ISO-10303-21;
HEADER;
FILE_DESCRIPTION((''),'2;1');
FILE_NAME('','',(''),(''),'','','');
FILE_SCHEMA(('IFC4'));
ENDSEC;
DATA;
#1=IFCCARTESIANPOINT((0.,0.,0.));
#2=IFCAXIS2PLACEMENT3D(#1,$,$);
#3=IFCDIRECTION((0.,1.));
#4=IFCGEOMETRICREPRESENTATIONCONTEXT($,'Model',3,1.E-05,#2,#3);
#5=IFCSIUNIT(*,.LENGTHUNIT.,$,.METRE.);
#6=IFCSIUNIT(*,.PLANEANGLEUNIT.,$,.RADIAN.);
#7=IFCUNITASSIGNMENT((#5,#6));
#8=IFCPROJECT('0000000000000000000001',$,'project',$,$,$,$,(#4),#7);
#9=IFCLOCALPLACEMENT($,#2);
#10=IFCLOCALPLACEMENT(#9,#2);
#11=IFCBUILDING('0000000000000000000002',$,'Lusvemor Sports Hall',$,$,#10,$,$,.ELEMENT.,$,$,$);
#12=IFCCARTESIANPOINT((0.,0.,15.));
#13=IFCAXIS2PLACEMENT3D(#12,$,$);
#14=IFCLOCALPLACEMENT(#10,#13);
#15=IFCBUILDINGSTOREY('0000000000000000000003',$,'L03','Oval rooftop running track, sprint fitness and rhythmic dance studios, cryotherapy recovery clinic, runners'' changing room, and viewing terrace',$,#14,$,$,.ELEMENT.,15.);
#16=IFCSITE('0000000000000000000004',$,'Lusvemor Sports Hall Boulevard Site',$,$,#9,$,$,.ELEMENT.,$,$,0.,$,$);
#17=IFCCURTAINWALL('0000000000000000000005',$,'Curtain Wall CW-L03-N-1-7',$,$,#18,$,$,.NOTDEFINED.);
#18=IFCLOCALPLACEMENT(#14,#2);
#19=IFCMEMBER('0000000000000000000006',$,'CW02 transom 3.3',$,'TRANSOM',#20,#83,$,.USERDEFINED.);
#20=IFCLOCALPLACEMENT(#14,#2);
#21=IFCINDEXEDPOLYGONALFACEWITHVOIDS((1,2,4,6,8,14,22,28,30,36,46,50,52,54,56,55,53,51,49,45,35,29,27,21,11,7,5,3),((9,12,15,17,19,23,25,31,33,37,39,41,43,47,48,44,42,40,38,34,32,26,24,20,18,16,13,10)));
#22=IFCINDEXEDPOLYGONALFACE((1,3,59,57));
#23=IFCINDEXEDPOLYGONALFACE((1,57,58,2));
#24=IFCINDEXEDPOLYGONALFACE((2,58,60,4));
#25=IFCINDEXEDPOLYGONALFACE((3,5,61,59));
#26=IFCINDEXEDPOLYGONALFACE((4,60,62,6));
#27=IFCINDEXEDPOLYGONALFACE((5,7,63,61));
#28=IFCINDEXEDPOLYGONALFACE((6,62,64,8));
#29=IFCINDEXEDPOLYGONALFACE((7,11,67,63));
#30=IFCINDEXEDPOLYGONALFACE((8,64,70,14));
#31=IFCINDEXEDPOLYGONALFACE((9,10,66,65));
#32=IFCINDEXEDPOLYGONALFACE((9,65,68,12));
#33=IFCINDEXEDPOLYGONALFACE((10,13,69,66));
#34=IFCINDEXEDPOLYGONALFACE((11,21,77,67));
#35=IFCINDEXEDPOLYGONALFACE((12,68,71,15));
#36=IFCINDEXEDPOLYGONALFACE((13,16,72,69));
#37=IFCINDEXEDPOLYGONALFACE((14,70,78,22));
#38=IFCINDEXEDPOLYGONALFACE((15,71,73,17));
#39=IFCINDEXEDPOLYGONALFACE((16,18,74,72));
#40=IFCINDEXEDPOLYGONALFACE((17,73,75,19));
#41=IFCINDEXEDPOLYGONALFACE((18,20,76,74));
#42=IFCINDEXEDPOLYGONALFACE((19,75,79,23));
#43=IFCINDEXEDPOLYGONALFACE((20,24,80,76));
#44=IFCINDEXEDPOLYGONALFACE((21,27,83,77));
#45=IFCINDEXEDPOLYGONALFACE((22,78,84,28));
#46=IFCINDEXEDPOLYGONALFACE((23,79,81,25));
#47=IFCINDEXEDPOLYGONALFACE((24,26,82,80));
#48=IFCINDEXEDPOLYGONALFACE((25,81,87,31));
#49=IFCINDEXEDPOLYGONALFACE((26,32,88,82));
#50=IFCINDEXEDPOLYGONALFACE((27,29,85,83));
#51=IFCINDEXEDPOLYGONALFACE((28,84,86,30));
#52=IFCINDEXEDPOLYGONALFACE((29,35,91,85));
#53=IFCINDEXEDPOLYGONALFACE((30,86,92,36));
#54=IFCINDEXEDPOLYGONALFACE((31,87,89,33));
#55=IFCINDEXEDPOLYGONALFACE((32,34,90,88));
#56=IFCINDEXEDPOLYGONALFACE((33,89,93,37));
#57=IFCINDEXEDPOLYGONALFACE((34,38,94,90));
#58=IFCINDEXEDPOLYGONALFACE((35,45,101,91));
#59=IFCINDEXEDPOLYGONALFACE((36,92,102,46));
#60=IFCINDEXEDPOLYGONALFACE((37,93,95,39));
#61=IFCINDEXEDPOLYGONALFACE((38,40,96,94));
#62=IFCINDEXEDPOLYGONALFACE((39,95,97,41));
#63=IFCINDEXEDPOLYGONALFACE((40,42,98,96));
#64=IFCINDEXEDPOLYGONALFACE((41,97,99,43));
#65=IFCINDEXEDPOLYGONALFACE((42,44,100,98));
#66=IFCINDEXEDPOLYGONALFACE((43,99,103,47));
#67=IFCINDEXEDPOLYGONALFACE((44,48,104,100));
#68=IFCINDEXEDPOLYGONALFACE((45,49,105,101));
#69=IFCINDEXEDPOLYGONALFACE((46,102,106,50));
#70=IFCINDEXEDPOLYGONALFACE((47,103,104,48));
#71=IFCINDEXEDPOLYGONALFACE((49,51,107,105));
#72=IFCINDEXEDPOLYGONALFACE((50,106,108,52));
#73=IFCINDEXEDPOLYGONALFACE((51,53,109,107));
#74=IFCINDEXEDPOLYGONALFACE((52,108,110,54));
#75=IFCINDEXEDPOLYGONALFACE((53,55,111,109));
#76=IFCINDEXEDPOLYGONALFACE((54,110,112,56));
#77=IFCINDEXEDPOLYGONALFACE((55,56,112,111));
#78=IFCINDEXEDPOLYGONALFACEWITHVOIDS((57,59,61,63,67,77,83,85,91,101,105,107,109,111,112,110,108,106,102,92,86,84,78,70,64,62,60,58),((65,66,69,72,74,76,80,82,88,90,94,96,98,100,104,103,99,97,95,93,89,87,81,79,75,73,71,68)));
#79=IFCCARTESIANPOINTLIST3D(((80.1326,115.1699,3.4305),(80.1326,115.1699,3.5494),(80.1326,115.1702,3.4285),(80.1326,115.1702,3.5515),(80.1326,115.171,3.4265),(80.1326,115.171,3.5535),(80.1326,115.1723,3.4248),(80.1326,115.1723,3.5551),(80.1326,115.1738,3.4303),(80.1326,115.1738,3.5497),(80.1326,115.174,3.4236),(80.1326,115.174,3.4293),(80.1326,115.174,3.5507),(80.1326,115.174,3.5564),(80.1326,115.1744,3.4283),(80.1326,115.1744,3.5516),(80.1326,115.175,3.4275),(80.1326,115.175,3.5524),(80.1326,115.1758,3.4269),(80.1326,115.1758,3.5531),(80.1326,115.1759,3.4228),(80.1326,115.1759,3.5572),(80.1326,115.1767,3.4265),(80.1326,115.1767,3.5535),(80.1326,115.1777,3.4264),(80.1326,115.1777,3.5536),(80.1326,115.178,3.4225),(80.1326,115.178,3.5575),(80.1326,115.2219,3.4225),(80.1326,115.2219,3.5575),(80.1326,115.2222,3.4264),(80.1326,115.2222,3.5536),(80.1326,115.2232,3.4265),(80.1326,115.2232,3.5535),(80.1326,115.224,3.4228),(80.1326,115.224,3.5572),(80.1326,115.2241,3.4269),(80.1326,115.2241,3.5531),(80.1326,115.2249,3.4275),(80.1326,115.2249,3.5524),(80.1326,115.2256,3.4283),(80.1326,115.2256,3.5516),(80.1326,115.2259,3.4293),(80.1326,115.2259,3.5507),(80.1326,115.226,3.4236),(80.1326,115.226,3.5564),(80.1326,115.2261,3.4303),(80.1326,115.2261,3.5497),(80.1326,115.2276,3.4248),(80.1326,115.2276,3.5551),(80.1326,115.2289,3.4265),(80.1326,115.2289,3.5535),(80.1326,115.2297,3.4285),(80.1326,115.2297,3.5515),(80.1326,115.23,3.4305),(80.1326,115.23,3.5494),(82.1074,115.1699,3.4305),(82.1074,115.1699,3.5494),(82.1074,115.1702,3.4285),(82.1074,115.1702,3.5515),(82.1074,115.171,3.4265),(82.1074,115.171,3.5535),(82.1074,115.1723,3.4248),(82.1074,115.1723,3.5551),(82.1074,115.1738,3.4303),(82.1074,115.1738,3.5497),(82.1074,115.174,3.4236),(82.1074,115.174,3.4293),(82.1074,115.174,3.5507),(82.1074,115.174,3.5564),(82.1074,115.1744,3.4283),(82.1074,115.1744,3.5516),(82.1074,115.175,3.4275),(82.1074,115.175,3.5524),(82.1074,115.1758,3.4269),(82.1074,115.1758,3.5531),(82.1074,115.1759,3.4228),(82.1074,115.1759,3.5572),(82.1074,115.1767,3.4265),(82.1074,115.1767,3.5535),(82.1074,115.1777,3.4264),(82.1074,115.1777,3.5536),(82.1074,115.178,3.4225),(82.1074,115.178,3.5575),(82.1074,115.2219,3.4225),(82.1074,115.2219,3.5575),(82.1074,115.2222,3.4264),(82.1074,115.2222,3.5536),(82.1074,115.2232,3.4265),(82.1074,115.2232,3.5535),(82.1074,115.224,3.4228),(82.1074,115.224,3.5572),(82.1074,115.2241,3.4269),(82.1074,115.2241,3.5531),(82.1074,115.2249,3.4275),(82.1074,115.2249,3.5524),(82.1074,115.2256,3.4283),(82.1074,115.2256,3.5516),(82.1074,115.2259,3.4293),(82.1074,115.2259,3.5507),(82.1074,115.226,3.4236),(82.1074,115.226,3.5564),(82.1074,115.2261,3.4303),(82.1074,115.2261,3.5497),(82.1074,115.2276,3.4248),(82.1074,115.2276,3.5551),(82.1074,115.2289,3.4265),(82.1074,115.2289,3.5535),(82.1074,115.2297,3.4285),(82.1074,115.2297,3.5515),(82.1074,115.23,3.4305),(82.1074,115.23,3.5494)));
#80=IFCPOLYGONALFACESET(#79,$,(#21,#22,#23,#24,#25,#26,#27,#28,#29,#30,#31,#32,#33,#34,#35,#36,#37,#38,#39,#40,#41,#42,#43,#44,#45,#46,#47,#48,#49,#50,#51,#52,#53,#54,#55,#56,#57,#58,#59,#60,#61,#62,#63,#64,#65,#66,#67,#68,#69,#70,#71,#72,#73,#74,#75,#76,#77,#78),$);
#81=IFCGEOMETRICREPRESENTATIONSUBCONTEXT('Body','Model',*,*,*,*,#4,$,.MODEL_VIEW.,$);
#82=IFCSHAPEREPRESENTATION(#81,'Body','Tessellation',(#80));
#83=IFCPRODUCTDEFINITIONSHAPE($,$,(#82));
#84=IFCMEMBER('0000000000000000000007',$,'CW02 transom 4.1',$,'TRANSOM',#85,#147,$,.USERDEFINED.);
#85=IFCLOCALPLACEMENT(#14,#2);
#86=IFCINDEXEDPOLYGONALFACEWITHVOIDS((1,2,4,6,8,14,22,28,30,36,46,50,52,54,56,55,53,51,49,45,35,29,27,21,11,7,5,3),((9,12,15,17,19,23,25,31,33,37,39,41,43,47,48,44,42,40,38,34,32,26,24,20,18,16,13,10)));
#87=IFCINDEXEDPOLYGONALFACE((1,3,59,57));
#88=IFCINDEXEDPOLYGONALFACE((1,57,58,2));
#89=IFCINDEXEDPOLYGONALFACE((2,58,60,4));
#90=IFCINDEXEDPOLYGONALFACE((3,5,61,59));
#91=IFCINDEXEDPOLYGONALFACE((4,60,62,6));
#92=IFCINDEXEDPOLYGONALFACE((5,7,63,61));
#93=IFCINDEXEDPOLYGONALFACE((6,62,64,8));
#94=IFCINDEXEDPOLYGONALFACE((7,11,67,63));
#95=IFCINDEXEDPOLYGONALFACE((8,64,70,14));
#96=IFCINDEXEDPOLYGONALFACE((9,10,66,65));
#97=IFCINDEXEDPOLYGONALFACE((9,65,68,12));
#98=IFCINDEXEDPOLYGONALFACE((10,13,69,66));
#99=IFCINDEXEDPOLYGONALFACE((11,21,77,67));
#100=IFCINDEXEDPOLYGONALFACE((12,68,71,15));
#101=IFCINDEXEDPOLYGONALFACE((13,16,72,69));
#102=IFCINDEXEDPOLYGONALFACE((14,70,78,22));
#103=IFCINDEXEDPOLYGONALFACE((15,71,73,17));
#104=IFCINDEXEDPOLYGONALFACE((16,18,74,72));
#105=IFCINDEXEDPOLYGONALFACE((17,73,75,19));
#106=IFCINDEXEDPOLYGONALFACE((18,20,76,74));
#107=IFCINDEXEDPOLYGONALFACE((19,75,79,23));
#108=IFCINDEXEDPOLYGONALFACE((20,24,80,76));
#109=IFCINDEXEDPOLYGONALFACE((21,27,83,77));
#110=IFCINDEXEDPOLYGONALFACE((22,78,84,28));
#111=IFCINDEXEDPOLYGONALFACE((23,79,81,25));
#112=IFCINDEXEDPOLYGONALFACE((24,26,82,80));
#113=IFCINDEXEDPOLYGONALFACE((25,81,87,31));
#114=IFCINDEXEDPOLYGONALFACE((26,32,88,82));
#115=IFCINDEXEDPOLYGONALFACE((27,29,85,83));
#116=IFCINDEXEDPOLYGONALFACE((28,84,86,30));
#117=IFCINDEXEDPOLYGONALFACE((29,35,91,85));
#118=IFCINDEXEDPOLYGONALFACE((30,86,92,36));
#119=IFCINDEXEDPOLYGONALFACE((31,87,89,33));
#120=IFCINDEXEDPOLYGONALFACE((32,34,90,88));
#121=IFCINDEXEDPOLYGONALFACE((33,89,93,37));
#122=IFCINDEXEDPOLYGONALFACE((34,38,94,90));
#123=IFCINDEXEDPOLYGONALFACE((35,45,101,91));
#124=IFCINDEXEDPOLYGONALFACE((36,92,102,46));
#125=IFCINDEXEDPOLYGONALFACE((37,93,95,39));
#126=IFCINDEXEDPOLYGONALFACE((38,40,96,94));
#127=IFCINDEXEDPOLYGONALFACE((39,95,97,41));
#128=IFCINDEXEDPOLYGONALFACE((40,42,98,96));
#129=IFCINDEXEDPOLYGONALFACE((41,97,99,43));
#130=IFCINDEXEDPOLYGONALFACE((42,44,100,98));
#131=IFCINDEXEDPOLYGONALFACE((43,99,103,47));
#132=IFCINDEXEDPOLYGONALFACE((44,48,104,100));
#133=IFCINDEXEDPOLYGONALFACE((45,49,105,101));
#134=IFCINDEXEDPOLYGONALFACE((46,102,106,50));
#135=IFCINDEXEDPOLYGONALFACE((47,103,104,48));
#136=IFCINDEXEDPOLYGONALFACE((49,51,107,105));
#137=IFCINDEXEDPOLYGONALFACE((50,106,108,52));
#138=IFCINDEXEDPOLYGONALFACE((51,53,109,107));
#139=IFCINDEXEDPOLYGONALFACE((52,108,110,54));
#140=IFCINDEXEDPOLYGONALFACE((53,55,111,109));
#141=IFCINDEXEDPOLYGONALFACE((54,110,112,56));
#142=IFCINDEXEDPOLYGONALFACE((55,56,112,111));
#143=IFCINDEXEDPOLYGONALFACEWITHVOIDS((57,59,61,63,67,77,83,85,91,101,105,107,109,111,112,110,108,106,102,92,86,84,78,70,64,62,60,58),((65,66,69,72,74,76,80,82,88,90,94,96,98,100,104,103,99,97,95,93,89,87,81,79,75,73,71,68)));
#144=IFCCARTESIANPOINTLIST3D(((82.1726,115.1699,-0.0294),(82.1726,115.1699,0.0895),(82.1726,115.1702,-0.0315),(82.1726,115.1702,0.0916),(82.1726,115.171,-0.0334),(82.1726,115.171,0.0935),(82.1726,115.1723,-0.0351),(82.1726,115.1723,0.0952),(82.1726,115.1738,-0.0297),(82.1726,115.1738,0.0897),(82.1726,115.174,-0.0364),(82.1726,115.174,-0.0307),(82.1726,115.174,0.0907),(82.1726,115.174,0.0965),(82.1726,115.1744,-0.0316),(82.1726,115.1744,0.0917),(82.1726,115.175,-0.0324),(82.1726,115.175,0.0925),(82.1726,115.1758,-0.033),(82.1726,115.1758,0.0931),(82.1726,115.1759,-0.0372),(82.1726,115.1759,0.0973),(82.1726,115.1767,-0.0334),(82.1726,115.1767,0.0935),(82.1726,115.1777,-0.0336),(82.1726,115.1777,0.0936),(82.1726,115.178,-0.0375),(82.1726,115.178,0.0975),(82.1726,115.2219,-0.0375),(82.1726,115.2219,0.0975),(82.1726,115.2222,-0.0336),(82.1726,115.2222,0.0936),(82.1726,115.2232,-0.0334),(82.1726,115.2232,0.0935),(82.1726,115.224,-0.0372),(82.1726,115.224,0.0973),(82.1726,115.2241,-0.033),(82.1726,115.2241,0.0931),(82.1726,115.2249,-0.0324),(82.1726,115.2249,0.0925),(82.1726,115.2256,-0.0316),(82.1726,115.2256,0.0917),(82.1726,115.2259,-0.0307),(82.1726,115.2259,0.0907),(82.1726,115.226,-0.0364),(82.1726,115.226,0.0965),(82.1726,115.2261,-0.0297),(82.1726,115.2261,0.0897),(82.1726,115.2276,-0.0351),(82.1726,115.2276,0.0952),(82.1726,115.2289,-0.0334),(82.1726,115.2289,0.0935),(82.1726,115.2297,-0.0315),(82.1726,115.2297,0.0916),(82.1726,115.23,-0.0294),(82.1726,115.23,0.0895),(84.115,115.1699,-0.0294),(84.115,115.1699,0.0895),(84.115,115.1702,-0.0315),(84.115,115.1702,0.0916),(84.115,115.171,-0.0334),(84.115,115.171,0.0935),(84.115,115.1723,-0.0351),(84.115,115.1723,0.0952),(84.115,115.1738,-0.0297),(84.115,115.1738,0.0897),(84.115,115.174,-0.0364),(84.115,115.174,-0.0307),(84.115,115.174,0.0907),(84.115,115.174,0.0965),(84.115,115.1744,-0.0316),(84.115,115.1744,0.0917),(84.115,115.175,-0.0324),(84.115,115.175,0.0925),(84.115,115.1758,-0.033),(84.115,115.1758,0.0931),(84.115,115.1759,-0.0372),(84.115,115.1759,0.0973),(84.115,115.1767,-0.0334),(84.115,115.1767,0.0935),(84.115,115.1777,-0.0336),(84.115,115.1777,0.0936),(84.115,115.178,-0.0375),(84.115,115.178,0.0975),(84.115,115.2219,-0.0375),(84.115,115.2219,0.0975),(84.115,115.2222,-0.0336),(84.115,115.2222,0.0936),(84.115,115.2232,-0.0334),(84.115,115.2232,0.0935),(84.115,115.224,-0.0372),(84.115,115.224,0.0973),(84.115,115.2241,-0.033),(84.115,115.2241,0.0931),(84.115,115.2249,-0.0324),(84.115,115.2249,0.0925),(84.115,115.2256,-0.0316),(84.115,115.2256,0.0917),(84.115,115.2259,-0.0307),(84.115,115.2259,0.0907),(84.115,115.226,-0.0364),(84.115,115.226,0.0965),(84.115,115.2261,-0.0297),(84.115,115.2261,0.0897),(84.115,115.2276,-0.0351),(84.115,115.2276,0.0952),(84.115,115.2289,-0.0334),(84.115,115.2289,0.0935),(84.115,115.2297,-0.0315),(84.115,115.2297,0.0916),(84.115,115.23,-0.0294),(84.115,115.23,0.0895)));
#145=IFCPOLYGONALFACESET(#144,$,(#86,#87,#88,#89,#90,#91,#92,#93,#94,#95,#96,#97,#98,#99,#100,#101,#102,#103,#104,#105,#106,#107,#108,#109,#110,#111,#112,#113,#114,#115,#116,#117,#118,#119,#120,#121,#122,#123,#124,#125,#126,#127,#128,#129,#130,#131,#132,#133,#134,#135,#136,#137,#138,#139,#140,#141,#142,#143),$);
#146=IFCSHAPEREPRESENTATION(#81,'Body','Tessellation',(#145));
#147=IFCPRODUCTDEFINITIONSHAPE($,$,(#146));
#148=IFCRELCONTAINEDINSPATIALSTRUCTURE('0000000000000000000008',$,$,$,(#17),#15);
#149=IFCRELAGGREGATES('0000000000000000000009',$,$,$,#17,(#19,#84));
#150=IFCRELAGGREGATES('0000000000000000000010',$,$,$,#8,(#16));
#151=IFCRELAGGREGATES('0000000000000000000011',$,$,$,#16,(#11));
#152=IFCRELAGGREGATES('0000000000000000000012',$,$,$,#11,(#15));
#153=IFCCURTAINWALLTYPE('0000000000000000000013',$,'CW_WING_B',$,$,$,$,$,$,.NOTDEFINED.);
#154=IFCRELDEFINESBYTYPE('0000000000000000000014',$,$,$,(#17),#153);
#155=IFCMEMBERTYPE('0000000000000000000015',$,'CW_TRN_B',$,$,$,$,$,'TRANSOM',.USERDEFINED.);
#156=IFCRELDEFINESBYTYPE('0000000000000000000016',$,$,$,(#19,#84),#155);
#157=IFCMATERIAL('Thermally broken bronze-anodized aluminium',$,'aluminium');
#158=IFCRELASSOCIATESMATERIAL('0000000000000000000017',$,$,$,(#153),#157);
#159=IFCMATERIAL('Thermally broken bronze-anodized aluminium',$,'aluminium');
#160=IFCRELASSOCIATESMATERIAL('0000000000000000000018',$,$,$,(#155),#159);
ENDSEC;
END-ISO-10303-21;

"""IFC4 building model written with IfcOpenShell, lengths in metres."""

from ifc_helpers import new_model, si_unit, direction, frame, origin, origin_2d, place, context, subcontext, project, spatial, hollow_rectangle, extrude, material, material_profile, profile_set, type_object, element, aggregate, save


model = new_model("IFC4")

# Units and contexts
model_context = context("Model", 3, precision=1e-05, world=origin(), true_north=direction((0.0, 1.0)))
body_context = subcontext(model_context, "Body", "Model", "MODEL_VIEW")
ifc_project = project(units=[si_unit("LENGTHUNIT", "METRE"), si_unit("PLANEANGLEUNIT", "RADIAN")], contexts=[model_context])

# Site, building, storey
site_placement = place(None, origin())
site = spatial("IfcSite", under=ifc_project, at=site_placement, Name="Lusvemor Sports Hall Boulevard Site", CompositionType="ELEMENT", RefElevation=0.0)
building_placement = place(site_placement, origin())
building = spatial("IfcBuilding", under=site, at=building_placement, Name="Lusvemor Sports Hall", CompositionType="ELEMENT")
storey_placement = place(building_placement, frame((0.0, 0.0, 15.0)))
storey = spatial("IfcBuildingStorey", under=building, at=storey_placement, Name="L03", Description="Oval rooftop running track, sprint fitness and rhythmic dance studios, cryotherapy recovery clinic, runners' changing room, and viewing terrace", CompositionType="ELEMENT", Elevation=15.0)

# Curtain wall
ifc_material_1 = material(Name="Thermally broken bronze-anodized aluminium", Category="aluminium")
curtain_wall_type_1 = type_object("IfcCurtainWallType", Name="CW_WING_B", PredefinedType="NOTDEFINED", material=ifc_material_1)
curtain_wall_1_placement = place(storey_placement, origin())
curtain_wall_1 = element("IfcCurtainWall", 1, at=curtain_wall_1_placement, inside=storey, type_object=curtain_wall_type_1, Name="Curtain Wall CW-L03-N-1-7", PredefinedType="NOTDEFINED")

# Members
ifc_material_2 = material(Name="Thermally broken bronze-anodized aluminium", Category="aluminium")
ifc_material_profile_1 = material_profile(ifc_material_2, hollow_rectangle(XDim=0.0601, YDim=0.135, WallThickness=0.0039, InnerFilletRadius=0.0039, OuterFilletRadius=0.0081, at=origin_2d()), Name="CWTRN135x60x4")
ifc_profile_set_1 = profile_set([ifc_material_profile_1], Name="Thermally broken bronze-anodized aluminium")
member_type_1 = type_object("IfcMemberType", Name="CW_TRN_B", ElementType="TRANSOM", PredefinedType="USERDEFINED", material=ifc_profile_set_1)
member_1_placement = place(storey_placement, frame((80.1326, 115.2, 3.49), z_axis=(1.0, 0.0, 0.0), x_axis=(0.0, 1.0, 0.0)))
member_1 = element("IfcMember", 2, at=member_1_placement, type_object=member_type_1, Name="CW02 transom 3.3", ObjectType="TRANSOM", PredefinedType="USERDEFINED", context=body_context, shape_type="SweptSolid", body=[
    extrude(hollow_rectangle(XDim=0.0601, YDim=0.135, WallThickness=0.0039, InnerFilletRadius=0.0039, OuterFilletRadius=0.0081, at=origin_2d()), origin(), (0.0, 0.0, 1.0), 1.9749),
])
member_2_placement = place(storey_placement, frame((82.1726, 115.2, 0.03), z_axis=(1.0, 0.0, 0.0), x_axis=(0.0, 1.0, 0.0)))
member_2 = element("IfcMember", 3, at=member_2_placement, type_object=member_type_1, Name="CW02 transom 4.1", ObjectType="TRANSOM", PredefinedType="USERDEFINED", context=body_context, shape_type="SweptSolid", body=[
    extrude(hollow_rectangle(XDim=0.0601, YDim=0.135, WallThickness=0.0039, InnerFilletRadius=0.0039, OuterFilletRadius=0.0081, at=origin_2d()), origin(), (0.0, 0.0, 1.0), 1.9424),
])

aggregate(curtain_wall_1, [member_1, member_2])

save(model, "model.ifc")
